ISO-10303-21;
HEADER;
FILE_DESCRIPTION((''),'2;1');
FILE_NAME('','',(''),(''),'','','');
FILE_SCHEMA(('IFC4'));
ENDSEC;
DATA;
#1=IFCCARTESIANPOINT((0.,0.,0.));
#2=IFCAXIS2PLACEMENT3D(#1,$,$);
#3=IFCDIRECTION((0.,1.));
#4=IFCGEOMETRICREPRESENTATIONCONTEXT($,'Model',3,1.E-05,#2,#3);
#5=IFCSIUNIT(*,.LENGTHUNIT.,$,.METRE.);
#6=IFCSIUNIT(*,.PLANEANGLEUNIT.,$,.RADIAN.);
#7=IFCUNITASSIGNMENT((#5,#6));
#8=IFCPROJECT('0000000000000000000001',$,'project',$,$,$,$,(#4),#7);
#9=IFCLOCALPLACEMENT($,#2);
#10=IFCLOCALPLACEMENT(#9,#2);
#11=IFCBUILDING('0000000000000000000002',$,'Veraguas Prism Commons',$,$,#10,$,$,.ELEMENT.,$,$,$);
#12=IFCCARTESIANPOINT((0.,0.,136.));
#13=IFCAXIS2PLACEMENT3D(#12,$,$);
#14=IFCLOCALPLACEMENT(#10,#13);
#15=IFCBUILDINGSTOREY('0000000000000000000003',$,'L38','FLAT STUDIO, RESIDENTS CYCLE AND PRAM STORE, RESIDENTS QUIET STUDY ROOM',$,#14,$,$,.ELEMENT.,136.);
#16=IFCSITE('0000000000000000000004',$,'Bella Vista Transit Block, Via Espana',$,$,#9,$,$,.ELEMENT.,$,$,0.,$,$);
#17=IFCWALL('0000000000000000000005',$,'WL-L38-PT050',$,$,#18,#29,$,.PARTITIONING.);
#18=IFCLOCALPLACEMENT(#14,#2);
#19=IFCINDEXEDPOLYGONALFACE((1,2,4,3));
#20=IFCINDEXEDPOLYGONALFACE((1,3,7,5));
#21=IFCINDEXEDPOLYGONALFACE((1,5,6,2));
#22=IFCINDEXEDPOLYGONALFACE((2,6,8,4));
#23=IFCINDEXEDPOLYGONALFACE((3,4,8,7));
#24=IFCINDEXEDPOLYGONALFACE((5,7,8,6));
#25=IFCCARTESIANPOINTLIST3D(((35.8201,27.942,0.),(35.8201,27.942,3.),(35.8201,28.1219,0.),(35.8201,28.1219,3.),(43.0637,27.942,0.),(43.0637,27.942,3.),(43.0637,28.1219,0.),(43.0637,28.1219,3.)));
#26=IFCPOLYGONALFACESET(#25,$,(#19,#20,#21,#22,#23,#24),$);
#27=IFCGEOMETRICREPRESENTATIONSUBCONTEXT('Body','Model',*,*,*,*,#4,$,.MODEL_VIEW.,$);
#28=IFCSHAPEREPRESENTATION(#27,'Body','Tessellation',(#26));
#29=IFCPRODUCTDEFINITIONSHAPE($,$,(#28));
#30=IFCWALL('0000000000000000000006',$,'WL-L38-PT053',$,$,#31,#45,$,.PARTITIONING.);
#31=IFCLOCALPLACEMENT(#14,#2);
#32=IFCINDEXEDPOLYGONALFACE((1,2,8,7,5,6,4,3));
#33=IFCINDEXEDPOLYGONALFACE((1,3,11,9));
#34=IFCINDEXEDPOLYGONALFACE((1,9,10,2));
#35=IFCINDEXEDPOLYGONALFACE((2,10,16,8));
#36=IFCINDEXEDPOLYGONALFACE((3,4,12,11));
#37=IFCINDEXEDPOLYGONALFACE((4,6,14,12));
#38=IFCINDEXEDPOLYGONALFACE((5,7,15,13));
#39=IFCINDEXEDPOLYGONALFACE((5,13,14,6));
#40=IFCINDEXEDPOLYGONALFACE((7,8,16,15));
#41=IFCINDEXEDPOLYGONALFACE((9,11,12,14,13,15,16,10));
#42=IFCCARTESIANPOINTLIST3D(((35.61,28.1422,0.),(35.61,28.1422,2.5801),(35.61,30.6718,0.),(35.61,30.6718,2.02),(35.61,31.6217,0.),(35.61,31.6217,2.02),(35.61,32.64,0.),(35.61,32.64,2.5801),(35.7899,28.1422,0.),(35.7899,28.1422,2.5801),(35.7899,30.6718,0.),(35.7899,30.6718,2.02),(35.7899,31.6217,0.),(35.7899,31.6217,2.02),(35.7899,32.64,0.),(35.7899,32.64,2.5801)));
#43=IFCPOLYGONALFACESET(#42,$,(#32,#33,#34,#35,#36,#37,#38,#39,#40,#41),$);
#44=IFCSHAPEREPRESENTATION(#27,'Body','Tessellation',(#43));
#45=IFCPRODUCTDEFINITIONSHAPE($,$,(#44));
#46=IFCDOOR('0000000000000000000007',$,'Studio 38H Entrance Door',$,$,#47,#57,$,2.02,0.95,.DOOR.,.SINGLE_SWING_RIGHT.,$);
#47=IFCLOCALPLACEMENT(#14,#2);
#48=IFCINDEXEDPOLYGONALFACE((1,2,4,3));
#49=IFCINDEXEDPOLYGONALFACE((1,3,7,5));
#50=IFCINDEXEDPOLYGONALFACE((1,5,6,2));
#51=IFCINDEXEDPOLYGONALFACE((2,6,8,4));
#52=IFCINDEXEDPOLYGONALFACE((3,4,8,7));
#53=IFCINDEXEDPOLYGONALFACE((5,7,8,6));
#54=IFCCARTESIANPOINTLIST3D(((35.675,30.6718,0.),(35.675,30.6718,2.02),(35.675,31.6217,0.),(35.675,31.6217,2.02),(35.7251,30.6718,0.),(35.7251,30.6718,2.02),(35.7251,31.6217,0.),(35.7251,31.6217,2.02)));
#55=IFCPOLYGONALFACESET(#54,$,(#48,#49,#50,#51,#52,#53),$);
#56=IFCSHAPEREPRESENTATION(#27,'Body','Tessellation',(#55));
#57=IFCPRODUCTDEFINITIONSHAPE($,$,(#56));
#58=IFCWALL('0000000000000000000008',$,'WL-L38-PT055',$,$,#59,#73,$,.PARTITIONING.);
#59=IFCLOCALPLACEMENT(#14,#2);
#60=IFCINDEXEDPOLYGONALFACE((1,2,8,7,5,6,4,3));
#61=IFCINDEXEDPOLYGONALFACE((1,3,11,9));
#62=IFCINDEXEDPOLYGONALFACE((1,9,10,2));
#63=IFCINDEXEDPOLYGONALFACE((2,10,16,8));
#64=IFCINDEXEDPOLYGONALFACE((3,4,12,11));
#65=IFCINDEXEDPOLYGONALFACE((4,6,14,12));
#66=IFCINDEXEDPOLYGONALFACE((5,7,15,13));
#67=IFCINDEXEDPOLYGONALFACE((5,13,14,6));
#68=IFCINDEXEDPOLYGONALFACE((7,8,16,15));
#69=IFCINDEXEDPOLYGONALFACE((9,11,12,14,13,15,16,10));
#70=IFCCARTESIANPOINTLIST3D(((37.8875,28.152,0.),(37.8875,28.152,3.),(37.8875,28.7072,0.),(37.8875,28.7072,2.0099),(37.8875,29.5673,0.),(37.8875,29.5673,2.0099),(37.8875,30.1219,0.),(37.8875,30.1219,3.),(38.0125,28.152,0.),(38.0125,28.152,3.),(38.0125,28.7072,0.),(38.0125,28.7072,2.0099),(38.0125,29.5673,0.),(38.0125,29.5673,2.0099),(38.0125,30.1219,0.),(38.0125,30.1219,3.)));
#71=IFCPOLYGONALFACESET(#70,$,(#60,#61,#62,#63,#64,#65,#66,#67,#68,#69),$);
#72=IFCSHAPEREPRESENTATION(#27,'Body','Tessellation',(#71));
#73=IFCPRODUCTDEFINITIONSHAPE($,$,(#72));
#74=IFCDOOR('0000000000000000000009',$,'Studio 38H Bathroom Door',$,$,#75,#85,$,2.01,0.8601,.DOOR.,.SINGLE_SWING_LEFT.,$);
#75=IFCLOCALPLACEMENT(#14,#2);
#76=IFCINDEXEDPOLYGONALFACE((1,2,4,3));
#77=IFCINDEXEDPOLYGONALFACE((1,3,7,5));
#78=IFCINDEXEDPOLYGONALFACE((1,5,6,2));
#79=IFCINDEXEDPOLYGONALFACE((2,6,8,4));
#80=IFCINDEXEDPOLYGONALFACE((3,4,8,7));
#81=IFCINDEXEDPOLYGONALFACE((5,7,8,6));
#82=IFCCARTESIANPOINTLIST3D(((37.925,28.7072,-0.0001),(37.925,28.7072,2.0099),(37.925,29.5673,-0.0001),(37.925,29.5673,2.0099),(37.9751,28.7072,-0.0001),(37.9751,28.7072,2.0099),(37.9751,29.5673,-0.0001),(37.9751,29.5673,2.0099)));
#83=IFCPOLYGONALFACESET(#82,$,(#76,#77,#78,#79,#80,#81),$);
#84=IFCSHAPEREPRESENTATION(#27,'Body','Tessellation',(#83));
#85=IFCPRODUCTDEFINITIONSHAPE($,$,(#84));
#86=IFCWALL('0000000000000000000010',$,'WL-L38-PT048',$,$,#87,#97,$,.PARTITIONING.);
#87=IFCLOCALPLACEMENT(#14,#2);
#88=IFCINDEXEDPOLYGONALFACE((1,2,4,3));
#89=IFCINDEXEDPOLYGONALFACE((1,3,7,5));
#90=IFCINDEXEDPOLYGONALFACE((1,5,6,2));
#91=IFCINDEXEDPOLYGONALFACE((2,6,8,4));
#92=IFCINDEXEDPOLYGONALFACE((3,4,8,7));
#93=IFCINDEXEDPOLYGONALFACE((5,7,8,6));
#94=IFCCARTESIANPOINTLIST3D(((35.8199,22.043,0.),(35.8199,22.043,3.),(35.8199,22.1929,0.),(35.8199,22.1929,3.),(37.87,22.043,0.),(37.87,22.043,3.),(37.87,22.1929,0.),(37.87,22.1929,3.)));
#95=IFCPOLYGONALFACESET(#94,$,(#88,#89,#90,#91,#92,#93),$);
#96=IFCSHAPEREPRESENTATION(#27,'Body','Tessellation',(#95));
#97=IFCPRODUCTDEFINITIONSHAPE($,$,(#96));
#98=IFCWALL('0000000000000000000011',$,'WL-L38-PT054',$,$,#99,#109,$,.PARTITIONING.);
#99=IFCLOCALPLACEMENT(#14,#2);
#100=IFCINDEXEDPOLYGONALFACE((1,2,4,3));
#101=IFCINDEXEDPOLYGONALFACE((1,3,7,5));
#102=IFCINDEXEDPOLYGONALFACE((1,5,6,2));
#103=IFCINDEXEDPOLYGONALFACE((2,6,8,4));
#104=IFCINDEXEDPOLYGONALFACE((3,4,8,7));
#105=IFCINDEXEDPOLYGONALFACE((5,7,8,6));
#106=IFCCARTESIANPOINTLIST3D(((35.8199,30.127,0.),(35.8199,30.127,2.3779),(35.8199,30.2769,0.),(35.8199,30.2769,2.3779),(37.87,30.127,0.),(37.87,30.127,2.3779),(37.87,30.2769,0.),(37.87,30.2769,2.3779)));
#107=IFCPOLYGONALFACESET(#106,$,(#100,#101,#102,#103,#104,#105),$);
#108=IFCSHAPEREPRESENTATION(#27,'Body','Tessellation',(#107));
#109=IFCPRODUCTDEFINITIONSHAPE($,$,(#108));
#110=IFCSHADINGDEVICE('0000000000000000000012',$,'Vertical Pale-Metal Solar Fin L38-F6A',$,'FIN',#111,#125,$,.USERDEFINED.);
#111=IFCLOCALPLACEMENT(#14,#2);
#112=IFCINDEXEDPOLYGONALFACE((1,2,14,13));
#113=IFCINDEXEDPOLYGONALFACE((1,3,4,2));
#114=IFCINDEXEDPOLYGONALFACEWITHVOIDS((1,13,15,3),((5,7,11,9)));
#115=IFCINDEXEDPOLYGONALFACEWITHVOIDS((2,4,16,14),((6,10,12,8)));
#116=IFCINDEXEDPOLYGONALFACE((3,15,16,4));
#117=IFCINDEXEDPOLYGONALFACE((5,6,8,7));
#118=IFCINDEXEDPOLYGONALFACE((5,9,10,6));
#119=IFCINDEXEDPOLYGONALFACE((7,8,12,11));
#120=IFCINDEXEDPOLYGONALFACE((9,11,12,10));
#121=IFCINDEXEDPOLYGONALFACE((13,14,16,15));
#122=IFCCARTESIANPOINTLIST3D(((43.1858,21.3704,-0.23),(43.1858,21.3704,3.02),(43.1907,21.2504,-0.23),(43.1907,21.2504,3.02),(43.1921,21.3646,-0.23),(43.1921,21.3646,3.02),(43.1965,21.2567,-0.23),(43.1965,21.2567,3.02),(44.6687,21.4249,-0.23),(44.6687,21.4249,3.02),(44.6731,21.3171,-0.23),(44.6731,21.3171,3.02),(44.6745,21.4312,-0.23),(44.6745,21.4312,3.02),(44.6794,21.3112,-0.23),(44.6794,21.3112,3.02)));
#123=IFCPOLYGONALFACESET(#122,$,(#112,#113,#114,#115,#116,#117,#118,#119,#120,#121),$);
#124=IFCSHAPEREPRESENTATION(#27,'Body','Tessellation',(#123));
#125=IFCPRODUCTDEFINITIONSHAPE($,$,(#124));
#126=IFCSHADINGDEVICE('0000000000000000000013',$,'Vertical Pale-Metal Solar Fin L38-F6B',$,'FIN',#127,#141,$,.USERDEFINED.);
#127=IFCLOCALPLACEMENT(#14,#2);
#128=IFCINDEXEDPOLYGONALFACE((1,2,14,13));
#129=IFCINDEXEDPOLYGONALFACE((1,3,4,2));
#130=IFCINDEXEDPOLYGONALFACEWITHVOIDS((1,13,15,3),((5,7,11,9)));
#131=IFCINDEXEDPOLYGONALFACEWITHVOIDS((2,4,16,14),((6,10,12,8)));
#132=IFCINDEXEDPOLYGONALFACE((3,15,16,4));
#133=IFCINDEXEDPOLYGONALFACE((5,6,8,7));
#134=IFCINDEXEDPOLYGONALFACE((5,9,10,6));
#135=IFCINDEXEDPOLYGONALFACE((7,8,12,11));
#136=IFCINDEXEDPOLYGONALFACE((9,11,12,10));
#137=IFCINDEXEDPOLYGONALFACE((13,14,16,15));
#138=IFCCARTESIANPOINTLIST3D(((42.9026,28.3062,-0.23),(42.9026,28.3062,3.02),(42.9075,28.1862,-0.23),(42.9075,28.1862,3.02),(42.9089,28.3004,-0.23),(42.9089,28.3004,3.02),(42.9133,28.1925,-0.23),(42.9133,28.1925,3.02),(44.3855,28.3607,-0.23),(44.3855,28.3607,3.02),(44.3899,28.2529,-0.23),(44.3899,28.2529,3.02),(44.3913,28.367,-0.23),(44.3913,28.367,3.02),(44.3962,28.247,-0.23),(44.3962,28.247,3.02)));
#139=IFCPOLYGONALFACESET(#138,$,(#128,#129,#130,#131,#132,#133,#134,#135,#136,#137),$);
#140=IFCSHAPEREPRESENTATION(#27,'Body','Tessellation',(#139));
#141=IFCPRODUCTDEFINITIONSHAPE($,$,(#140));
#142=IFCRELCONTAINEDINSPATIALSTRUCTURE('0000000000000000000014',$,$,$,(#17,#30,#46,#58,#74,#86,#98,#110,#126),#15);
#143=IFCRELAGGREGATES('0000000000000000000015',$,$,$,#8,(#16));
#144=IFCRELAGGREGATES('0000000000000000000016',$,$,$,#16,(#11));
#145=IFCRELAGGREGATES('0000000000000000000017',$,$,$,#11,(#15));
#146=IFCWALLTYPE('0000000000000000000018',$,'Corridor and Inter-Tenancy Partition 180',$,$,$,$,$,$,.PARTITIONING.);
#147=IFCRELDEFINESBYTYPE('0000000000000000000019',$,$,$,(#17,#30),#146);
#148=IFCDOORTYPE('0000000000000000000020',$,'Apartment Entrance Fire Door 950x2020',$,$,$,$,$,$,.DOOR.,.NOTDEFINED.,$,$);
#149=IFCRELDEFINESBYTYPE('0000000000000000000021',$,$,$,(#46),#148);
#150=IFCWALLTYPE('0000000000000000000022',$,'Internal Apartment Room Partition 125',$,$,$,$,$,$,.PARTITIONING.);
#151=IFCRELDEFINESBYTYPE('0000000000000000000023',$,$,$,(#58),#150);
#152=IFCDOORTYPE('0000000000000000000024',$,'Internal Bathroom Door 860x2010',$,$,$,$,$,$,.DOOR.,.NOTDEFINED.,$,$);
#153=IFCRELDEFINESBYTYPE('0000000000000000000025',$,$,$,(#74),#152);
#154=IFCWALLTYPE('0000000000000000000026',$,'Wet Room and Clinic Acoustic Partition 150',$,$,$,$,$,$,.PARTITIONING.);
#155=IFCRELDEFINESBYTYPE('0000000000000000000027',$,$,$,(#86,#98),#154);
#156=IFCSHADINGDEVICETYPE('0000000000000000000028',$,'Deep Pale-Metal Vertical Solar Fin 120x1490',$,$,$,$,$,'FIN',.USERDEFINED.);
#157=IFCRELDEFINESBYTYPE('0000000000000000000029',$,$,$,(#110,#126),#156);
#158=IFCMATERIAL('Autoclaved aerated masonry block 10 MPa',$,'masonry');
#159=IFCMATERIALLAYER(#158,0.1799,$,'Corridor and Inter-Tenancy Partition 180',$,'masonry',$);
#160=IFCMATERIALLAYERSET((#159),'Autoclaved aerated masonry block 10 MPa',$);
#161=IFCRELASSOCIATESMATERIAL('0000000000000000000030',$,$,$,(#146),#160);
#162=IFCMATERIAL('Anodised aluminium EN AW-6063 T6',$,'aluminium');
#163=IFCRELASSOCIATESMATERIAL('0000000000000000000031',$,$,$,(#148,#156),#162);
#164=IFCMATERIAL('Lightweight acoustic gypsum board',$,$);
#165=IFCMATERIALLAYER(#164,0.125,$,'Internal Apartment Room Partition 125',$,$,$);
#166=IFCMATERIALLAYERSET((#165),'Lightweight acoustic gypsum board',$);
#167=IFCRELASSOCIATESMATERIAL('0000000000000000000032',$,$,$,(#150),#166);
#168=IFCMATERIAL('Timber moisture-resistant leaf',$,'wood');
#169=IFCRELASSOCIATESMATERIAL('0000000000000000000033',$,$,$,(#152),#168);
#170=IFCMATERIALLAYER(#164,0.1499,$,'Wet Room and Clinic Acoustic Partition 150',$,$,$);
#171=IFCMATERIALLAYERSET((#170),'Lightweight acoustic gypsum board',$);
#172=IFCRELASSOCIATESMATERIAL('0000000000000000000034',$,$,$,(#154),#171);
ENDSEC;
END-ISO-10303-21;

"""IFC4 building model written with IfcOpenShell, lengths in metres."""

from ifc_helpers import new_model, si_unit, direction, frame, frame_2d, origin, origin_2d, place, context, subcontext, project, spatial, rectangle, hollow_rectangle, extrude, source, transform, mapped, material, layer, layer_set, material_profile, profile_set, type_object, element, fill, save


model = new_model("IFC4")

# Units and contexts
model_context = context("Model", 3, precision=1e-05, world=origin(), true_north=direction((0.0, 1.0)))
body_context = subcontext(model_context, "Body", "Model", "MODEL_VIEW")
ifc_project = project(units=[si_unit("LENGTHUNIT", "METRE"), si_unit("PLANEANGLEUNIT", "RADIAN")], contexts=[model_context])

# Site, building, storey
site_placement = place(None, origin())
site = spatial("IfcSite", under=ifc_project, at=site_placement, Name="Bella Vista Transit Block, Via Espana", CompositionType="ELEMENT", RefElevation=0.0)
building_placement = place(site_placement, origin())
building = spatial("IfcBuilding", under=site, at=building_placement, Name="Veraguas Prism Commons", CompositionType="ELEMENT")
storey_placement = place(building_placement, frame((0.0, 0.0, 136.0)))
storey = spatial("IfcBuildingStorey", under=building, at=storey_placement, Name="L38", Description="FLAT STUDIO, RESIDENTS CYCLE AND PRAM STORE, RESIDENTS QUIET STUDY ROOM", CompositionType="ELEMENT", Elevation=136.0)

# Shared definitions
ifc_material_1 = material(Name="Anodised aluminium EN AW-6063 T6", Category="aluminium")

# Wall
ifc_material_2 = material(Name="Autoclaved aerated masonry block 10 MPa", Category="masonry")
ifc_layer_1 = layer(ifc_material_2, 0.1799, Name="Corridor and Inter-Tenancy Partition 180", Category="masonry")
ifc_layer_set_1 = layer_set([ifc_layer_1], Name="Autoclaved aerated masonry block 10 MPa")
wall_type_1 = type_object("IfcWallType", Name="Corridor and Inter-Tenancy Partition 180", PredefinedType="PARTITIONING", material=ifc_layer_set_1)
wall_1_placement = place(storey_placement, frame((35.8201, 28.032, 0.0), z_axis=(0.0, 0.0, 1.0), x_axis=(1.0, 0.0, 0.0)))
element("IfcWall", 1, at=wall_1_placement, inside=storey, type_object=wall_type_1, Name="WL-L38-PT050", PredefinedType="PARTITIONING", context=body_context, shape_type="SweptSolid", body=[
    extrude(rectangle(XDim=7.2437, YDim=0.1799, at=frame_2d((3.6218, 0.0))), origin(), (0.0, 0.0, 1.0), 3.0),
])

# Walls, openings, doors
wall_2_placement = place(storey_placement, frame((35.7, 28.1421, 0.0), z_axis=(0.0, 0.0, 1.0), x_axis=(0.0, 1.0, 0.0)))
wall_2 = element("IfcWall", 2, at=wall_2_placement, inside=storey, type_object=wall_type_1, Name="WL-L38-PT053", PredefinedType="PARTITIONING", context=body_context, shape_type="SweptSolid", body=[
    extrude(rectangle(XDim=4.4978, YDim=0.1799, at=frame_2d((2.249, 0.0))), origin(), (0.0, 0.0, 1.0), 2.5801),
])
opening_1_placement = place(wall_2_placement, frame((2.5295, 0.0, 0.0)))
opening_1 = element("IfcOpeningElement", 3, at=opening_1_placement, cuts=wall_2, PredefinedType="OPENING", context=body_context, shape_type="SweptSolid", body=[
    extrude(rectangle(XDim=0.95, YDim=2.02, at=frame_2d((0.4751, 1.01))), frame((0.0, 0.0999, 0.0), z_axis=(0.0, -1.0, 0.0), x_axis=(1.0, 0.0, 0.0)), (0.0, 0.0, 1.0), 0.2),
])
door_type_1 = type_object("IfcDoorType", Name="Apartment Entrance Fire Door 950x2020", OperationType="NOTDEFINED", PredefinedType="DOOR", material=ifc_material_1)
shared_shape_1 = source(origin(), body_context, "Body", "SweptSolid", [
    extrude(rectangle(XDim=0.95, YDim=2.02, at=frame_2d((0.4751, 1.01))), frame((0.0, 0.0249, 0.0), z_axis=(0.0, -1.0, 0.0), x_axis=(1.0, 0.0, 0.0)), (0.0, 0.0, 1.0), 0.05),
])
door_1_placement = place(opening_1_placement, origin())
door_1 = element("IfcDoor", 4, at=door_1_placement, inside=storey, type_object=door_type_1, Name="Studio 38H Entrance Door", OperationType="SINGLE_SWING_RIGHT", OverallHeight=2.02, OverallWidth=0.95, PredefinedType="DOOR", context=body_context, shape_type="MappedRepresentation", body=[
    mapped(shared_shape_1, transform((0.0, 0.0, 0.0), scale=1.0)),
])
fill(opening_1, door_1)
ifc_material_3 = material(Name="Lightweight acoustic gypsum board")
ifc_layer_2 = layer(ifc_material_3, 0.125, Name="Internal Apartment Room Partition 125")
ifc_layer_set_2 = layer_set([ifc_layer_2], Name="Lightweight acoustic gypsum board")
wall_type_2 = type_object("IfcWallType", Name="Internal Apartment Room Partition 125", PredefinedType="PARTITIONING", material=ifc_layer_set_2)
wall_3_placement = place(storey_placement, frame((37.95, 28.1521, 0.0), z_axis=(0.0, 0.0, 1.0), x_axis=(0.0, 1.0, 0.0)))
wall_3 = element("IfcWall", 5, at=wall_3_placement, inside=storey, type_object=wall_type_2, Name="WL-L38-PT055", PredefinedType="PARTITIONING", context=body_context, shape_type="SweptSolid", body=[
    extrude(rectangle(XDim=1.97, YDim=0.125, at=frame_2d((0.9849, 0.0))), origin(), (0.0, 0.0, 1.0), 3.0),
])
opening_2_placement = place(wall_3_placement, frame((0.5549, 0.0, 0.0)))
opening_2 = element("IfcOpeningElement", 6, at=opening_2_placement, cuts=wall_3, PredefinedType="OPENING", context=body_context, shape_type="SweptSolid", body=[
    extrude(rectangle(XDim=0.8601, YDim=2.01, at=frame_2d((0.4302, 1.0049))), frame((0.0, 0.0725, 0.0), z_axis=(0.0, -1.0, 0.0), x_axis=(1.0, 0.0, 0.0)), (0.0, 0.0, 1.0), 0.145),
])
ifc_material_4 = material(Name="Timber moisture-resistant leaf", Category="wood")
door_type_2 = type_object("IfcDoorType", Name="Internal Bathroom Door 860x2010", OperationType="NOTDEFINED", PredefinedType="DOOR", material=ifc_material_4)
shared_shape_2 = source(origin(), body_context, "Body", "SweptSolid", [
    extrude(rectangle(XDim=0.8601, YDim=2.01, at=frame_2d((0.4302, 1.0049))), frame((0.0, 0.0249, 0.0), z_axis=(0.0, -1.0, 0.0), x_axis=(1.0, 0.0, 0.0)), (0.0, 0.0, 1.0), 0.05),
])
door_2_placement = place(opening_2_placement, origin())
door_2 = element("IfcDoor", 7, at=door_2_placement, inside=storey, type_object=door_type_2, Name="Studio 38H Bathroom Door", OperationType="SINGLE_SWING_LEFT", OverallHeight=2.01, OverallWidth=0.8601, PredefinedType="DOOR", context=body_context, shape_type="MappedRepresentation", body=[
    mapped(shared_shape_2, transform((0.0, 0.0, 0.0), scale=1.0)),
])
fill(opening_2, door_2)

# Walls
ifc_layer_3 = layer(ifc_material_3, 0.1499, Name="Wet Room and Clinic Acoustic Partition 150")
ifc_layer_set_3 = layer_set([ifc_layer_3], Name="Lightweight acoustic gypsum board")
wall_type_3 = type_object("IfcWallType", Name="Wet Room and Clinic Acoustic Partition 150", PredefinedType="PARTITIONING", material=ifc_layer_set_3)
wall_4_placement = place(storey_placement, frame((35.8201, 22.1179, 0.0), z_axis=(0.0, 0.0, 1.0), x_axis=(1.0, 0.0, 0.0)))
element("IfcWall", 8, at=wall_4_placement, inside=storey, type_object=wall_type_3, Name="WL-L38-PT048", PredefinedType="PARTITIONING", context=body_context, shape_type="SweptSolid", body=[
    extrude(rectangle(XDim=2.05, YDim=0.1499, at=frame_2d((1.0249, 0.0))), origin(), (0.0, 0.0, 1.0), 3.0),
])
wall_5_placement = place(storey_placement, frame((35.8201, 30.2019, 0.0), z_axis=(0.0, 0.0, 1.0), x_axis=(1.0, 0.0, 0.0)))
element("IfcWall", 9, at=wall_5_placement, inside=storey, type_object=wall_type_3, Name="WL-L38-PT054", PredefinedType="PARTITIONING", context=body_context, shape_type="SweptSolid", body=[
    extrude(rectangle(XDim=2.05, YDim=0.1499, at=frame_2d((1.0249, 0.0))), origin(), (0.0, 0.0, 1.0), 2.3779),
])

# Shading devices
ifc_material_profile_1 = material_profile(ifc_material_1, hollow_rectangle(XDim=0.1201, YDim=1.49, WallThickness=0.0061, at=origin_2d()), Name="FIN120X1490X6")
ifc_profile_set_1 = profile_set([ifc_material_profile_1], Name="Anodised aluminium EN AW-6063 T6")
shading_device_type = type_object("IfcShadingDeviceType", Name="Deep Pale-Metal Vertical Solar Fin 120x1490", ElementType="FIN", PredefinedType="USERDEFINED", material=ifc_profile_set_1)
for number, where, z_axis, x_axis, name in (
    (10, (43.9326, 21.3408, -0.23), (0.0, 0.0, 1.0), (-0.040831, 0.999166, 0.0), "Vertical Pale-Metal Solar Fin L38-F6A"),
    (11, (43.6494, 28.2766, -0.23), (0.0, 0.0, 1.0), (-0.040831, 0.999166, 0.0), "Vertical Pale-Metal Solar Fin L38-F6B"),
):
    element("IfcShadingDevice", number, at=place(storey_placement, frame(where, z_axis=z_axis, x_axis=x_axis)), inside=storey, type_object=shading_device_type, Name=name, ObjectType="FIN", PredefinedType="USERDEFINED", context=body_context, shape_type="SweptSolid", body=[
        extrude(hollow_rectangle(XDim=0.1201, YDim=1.49, WallThickness=0.0061, at=origin_2d()), origin(), (0.0, 0.0, 1.0), 3.25),
    ])

save(model, "model.ifc")
